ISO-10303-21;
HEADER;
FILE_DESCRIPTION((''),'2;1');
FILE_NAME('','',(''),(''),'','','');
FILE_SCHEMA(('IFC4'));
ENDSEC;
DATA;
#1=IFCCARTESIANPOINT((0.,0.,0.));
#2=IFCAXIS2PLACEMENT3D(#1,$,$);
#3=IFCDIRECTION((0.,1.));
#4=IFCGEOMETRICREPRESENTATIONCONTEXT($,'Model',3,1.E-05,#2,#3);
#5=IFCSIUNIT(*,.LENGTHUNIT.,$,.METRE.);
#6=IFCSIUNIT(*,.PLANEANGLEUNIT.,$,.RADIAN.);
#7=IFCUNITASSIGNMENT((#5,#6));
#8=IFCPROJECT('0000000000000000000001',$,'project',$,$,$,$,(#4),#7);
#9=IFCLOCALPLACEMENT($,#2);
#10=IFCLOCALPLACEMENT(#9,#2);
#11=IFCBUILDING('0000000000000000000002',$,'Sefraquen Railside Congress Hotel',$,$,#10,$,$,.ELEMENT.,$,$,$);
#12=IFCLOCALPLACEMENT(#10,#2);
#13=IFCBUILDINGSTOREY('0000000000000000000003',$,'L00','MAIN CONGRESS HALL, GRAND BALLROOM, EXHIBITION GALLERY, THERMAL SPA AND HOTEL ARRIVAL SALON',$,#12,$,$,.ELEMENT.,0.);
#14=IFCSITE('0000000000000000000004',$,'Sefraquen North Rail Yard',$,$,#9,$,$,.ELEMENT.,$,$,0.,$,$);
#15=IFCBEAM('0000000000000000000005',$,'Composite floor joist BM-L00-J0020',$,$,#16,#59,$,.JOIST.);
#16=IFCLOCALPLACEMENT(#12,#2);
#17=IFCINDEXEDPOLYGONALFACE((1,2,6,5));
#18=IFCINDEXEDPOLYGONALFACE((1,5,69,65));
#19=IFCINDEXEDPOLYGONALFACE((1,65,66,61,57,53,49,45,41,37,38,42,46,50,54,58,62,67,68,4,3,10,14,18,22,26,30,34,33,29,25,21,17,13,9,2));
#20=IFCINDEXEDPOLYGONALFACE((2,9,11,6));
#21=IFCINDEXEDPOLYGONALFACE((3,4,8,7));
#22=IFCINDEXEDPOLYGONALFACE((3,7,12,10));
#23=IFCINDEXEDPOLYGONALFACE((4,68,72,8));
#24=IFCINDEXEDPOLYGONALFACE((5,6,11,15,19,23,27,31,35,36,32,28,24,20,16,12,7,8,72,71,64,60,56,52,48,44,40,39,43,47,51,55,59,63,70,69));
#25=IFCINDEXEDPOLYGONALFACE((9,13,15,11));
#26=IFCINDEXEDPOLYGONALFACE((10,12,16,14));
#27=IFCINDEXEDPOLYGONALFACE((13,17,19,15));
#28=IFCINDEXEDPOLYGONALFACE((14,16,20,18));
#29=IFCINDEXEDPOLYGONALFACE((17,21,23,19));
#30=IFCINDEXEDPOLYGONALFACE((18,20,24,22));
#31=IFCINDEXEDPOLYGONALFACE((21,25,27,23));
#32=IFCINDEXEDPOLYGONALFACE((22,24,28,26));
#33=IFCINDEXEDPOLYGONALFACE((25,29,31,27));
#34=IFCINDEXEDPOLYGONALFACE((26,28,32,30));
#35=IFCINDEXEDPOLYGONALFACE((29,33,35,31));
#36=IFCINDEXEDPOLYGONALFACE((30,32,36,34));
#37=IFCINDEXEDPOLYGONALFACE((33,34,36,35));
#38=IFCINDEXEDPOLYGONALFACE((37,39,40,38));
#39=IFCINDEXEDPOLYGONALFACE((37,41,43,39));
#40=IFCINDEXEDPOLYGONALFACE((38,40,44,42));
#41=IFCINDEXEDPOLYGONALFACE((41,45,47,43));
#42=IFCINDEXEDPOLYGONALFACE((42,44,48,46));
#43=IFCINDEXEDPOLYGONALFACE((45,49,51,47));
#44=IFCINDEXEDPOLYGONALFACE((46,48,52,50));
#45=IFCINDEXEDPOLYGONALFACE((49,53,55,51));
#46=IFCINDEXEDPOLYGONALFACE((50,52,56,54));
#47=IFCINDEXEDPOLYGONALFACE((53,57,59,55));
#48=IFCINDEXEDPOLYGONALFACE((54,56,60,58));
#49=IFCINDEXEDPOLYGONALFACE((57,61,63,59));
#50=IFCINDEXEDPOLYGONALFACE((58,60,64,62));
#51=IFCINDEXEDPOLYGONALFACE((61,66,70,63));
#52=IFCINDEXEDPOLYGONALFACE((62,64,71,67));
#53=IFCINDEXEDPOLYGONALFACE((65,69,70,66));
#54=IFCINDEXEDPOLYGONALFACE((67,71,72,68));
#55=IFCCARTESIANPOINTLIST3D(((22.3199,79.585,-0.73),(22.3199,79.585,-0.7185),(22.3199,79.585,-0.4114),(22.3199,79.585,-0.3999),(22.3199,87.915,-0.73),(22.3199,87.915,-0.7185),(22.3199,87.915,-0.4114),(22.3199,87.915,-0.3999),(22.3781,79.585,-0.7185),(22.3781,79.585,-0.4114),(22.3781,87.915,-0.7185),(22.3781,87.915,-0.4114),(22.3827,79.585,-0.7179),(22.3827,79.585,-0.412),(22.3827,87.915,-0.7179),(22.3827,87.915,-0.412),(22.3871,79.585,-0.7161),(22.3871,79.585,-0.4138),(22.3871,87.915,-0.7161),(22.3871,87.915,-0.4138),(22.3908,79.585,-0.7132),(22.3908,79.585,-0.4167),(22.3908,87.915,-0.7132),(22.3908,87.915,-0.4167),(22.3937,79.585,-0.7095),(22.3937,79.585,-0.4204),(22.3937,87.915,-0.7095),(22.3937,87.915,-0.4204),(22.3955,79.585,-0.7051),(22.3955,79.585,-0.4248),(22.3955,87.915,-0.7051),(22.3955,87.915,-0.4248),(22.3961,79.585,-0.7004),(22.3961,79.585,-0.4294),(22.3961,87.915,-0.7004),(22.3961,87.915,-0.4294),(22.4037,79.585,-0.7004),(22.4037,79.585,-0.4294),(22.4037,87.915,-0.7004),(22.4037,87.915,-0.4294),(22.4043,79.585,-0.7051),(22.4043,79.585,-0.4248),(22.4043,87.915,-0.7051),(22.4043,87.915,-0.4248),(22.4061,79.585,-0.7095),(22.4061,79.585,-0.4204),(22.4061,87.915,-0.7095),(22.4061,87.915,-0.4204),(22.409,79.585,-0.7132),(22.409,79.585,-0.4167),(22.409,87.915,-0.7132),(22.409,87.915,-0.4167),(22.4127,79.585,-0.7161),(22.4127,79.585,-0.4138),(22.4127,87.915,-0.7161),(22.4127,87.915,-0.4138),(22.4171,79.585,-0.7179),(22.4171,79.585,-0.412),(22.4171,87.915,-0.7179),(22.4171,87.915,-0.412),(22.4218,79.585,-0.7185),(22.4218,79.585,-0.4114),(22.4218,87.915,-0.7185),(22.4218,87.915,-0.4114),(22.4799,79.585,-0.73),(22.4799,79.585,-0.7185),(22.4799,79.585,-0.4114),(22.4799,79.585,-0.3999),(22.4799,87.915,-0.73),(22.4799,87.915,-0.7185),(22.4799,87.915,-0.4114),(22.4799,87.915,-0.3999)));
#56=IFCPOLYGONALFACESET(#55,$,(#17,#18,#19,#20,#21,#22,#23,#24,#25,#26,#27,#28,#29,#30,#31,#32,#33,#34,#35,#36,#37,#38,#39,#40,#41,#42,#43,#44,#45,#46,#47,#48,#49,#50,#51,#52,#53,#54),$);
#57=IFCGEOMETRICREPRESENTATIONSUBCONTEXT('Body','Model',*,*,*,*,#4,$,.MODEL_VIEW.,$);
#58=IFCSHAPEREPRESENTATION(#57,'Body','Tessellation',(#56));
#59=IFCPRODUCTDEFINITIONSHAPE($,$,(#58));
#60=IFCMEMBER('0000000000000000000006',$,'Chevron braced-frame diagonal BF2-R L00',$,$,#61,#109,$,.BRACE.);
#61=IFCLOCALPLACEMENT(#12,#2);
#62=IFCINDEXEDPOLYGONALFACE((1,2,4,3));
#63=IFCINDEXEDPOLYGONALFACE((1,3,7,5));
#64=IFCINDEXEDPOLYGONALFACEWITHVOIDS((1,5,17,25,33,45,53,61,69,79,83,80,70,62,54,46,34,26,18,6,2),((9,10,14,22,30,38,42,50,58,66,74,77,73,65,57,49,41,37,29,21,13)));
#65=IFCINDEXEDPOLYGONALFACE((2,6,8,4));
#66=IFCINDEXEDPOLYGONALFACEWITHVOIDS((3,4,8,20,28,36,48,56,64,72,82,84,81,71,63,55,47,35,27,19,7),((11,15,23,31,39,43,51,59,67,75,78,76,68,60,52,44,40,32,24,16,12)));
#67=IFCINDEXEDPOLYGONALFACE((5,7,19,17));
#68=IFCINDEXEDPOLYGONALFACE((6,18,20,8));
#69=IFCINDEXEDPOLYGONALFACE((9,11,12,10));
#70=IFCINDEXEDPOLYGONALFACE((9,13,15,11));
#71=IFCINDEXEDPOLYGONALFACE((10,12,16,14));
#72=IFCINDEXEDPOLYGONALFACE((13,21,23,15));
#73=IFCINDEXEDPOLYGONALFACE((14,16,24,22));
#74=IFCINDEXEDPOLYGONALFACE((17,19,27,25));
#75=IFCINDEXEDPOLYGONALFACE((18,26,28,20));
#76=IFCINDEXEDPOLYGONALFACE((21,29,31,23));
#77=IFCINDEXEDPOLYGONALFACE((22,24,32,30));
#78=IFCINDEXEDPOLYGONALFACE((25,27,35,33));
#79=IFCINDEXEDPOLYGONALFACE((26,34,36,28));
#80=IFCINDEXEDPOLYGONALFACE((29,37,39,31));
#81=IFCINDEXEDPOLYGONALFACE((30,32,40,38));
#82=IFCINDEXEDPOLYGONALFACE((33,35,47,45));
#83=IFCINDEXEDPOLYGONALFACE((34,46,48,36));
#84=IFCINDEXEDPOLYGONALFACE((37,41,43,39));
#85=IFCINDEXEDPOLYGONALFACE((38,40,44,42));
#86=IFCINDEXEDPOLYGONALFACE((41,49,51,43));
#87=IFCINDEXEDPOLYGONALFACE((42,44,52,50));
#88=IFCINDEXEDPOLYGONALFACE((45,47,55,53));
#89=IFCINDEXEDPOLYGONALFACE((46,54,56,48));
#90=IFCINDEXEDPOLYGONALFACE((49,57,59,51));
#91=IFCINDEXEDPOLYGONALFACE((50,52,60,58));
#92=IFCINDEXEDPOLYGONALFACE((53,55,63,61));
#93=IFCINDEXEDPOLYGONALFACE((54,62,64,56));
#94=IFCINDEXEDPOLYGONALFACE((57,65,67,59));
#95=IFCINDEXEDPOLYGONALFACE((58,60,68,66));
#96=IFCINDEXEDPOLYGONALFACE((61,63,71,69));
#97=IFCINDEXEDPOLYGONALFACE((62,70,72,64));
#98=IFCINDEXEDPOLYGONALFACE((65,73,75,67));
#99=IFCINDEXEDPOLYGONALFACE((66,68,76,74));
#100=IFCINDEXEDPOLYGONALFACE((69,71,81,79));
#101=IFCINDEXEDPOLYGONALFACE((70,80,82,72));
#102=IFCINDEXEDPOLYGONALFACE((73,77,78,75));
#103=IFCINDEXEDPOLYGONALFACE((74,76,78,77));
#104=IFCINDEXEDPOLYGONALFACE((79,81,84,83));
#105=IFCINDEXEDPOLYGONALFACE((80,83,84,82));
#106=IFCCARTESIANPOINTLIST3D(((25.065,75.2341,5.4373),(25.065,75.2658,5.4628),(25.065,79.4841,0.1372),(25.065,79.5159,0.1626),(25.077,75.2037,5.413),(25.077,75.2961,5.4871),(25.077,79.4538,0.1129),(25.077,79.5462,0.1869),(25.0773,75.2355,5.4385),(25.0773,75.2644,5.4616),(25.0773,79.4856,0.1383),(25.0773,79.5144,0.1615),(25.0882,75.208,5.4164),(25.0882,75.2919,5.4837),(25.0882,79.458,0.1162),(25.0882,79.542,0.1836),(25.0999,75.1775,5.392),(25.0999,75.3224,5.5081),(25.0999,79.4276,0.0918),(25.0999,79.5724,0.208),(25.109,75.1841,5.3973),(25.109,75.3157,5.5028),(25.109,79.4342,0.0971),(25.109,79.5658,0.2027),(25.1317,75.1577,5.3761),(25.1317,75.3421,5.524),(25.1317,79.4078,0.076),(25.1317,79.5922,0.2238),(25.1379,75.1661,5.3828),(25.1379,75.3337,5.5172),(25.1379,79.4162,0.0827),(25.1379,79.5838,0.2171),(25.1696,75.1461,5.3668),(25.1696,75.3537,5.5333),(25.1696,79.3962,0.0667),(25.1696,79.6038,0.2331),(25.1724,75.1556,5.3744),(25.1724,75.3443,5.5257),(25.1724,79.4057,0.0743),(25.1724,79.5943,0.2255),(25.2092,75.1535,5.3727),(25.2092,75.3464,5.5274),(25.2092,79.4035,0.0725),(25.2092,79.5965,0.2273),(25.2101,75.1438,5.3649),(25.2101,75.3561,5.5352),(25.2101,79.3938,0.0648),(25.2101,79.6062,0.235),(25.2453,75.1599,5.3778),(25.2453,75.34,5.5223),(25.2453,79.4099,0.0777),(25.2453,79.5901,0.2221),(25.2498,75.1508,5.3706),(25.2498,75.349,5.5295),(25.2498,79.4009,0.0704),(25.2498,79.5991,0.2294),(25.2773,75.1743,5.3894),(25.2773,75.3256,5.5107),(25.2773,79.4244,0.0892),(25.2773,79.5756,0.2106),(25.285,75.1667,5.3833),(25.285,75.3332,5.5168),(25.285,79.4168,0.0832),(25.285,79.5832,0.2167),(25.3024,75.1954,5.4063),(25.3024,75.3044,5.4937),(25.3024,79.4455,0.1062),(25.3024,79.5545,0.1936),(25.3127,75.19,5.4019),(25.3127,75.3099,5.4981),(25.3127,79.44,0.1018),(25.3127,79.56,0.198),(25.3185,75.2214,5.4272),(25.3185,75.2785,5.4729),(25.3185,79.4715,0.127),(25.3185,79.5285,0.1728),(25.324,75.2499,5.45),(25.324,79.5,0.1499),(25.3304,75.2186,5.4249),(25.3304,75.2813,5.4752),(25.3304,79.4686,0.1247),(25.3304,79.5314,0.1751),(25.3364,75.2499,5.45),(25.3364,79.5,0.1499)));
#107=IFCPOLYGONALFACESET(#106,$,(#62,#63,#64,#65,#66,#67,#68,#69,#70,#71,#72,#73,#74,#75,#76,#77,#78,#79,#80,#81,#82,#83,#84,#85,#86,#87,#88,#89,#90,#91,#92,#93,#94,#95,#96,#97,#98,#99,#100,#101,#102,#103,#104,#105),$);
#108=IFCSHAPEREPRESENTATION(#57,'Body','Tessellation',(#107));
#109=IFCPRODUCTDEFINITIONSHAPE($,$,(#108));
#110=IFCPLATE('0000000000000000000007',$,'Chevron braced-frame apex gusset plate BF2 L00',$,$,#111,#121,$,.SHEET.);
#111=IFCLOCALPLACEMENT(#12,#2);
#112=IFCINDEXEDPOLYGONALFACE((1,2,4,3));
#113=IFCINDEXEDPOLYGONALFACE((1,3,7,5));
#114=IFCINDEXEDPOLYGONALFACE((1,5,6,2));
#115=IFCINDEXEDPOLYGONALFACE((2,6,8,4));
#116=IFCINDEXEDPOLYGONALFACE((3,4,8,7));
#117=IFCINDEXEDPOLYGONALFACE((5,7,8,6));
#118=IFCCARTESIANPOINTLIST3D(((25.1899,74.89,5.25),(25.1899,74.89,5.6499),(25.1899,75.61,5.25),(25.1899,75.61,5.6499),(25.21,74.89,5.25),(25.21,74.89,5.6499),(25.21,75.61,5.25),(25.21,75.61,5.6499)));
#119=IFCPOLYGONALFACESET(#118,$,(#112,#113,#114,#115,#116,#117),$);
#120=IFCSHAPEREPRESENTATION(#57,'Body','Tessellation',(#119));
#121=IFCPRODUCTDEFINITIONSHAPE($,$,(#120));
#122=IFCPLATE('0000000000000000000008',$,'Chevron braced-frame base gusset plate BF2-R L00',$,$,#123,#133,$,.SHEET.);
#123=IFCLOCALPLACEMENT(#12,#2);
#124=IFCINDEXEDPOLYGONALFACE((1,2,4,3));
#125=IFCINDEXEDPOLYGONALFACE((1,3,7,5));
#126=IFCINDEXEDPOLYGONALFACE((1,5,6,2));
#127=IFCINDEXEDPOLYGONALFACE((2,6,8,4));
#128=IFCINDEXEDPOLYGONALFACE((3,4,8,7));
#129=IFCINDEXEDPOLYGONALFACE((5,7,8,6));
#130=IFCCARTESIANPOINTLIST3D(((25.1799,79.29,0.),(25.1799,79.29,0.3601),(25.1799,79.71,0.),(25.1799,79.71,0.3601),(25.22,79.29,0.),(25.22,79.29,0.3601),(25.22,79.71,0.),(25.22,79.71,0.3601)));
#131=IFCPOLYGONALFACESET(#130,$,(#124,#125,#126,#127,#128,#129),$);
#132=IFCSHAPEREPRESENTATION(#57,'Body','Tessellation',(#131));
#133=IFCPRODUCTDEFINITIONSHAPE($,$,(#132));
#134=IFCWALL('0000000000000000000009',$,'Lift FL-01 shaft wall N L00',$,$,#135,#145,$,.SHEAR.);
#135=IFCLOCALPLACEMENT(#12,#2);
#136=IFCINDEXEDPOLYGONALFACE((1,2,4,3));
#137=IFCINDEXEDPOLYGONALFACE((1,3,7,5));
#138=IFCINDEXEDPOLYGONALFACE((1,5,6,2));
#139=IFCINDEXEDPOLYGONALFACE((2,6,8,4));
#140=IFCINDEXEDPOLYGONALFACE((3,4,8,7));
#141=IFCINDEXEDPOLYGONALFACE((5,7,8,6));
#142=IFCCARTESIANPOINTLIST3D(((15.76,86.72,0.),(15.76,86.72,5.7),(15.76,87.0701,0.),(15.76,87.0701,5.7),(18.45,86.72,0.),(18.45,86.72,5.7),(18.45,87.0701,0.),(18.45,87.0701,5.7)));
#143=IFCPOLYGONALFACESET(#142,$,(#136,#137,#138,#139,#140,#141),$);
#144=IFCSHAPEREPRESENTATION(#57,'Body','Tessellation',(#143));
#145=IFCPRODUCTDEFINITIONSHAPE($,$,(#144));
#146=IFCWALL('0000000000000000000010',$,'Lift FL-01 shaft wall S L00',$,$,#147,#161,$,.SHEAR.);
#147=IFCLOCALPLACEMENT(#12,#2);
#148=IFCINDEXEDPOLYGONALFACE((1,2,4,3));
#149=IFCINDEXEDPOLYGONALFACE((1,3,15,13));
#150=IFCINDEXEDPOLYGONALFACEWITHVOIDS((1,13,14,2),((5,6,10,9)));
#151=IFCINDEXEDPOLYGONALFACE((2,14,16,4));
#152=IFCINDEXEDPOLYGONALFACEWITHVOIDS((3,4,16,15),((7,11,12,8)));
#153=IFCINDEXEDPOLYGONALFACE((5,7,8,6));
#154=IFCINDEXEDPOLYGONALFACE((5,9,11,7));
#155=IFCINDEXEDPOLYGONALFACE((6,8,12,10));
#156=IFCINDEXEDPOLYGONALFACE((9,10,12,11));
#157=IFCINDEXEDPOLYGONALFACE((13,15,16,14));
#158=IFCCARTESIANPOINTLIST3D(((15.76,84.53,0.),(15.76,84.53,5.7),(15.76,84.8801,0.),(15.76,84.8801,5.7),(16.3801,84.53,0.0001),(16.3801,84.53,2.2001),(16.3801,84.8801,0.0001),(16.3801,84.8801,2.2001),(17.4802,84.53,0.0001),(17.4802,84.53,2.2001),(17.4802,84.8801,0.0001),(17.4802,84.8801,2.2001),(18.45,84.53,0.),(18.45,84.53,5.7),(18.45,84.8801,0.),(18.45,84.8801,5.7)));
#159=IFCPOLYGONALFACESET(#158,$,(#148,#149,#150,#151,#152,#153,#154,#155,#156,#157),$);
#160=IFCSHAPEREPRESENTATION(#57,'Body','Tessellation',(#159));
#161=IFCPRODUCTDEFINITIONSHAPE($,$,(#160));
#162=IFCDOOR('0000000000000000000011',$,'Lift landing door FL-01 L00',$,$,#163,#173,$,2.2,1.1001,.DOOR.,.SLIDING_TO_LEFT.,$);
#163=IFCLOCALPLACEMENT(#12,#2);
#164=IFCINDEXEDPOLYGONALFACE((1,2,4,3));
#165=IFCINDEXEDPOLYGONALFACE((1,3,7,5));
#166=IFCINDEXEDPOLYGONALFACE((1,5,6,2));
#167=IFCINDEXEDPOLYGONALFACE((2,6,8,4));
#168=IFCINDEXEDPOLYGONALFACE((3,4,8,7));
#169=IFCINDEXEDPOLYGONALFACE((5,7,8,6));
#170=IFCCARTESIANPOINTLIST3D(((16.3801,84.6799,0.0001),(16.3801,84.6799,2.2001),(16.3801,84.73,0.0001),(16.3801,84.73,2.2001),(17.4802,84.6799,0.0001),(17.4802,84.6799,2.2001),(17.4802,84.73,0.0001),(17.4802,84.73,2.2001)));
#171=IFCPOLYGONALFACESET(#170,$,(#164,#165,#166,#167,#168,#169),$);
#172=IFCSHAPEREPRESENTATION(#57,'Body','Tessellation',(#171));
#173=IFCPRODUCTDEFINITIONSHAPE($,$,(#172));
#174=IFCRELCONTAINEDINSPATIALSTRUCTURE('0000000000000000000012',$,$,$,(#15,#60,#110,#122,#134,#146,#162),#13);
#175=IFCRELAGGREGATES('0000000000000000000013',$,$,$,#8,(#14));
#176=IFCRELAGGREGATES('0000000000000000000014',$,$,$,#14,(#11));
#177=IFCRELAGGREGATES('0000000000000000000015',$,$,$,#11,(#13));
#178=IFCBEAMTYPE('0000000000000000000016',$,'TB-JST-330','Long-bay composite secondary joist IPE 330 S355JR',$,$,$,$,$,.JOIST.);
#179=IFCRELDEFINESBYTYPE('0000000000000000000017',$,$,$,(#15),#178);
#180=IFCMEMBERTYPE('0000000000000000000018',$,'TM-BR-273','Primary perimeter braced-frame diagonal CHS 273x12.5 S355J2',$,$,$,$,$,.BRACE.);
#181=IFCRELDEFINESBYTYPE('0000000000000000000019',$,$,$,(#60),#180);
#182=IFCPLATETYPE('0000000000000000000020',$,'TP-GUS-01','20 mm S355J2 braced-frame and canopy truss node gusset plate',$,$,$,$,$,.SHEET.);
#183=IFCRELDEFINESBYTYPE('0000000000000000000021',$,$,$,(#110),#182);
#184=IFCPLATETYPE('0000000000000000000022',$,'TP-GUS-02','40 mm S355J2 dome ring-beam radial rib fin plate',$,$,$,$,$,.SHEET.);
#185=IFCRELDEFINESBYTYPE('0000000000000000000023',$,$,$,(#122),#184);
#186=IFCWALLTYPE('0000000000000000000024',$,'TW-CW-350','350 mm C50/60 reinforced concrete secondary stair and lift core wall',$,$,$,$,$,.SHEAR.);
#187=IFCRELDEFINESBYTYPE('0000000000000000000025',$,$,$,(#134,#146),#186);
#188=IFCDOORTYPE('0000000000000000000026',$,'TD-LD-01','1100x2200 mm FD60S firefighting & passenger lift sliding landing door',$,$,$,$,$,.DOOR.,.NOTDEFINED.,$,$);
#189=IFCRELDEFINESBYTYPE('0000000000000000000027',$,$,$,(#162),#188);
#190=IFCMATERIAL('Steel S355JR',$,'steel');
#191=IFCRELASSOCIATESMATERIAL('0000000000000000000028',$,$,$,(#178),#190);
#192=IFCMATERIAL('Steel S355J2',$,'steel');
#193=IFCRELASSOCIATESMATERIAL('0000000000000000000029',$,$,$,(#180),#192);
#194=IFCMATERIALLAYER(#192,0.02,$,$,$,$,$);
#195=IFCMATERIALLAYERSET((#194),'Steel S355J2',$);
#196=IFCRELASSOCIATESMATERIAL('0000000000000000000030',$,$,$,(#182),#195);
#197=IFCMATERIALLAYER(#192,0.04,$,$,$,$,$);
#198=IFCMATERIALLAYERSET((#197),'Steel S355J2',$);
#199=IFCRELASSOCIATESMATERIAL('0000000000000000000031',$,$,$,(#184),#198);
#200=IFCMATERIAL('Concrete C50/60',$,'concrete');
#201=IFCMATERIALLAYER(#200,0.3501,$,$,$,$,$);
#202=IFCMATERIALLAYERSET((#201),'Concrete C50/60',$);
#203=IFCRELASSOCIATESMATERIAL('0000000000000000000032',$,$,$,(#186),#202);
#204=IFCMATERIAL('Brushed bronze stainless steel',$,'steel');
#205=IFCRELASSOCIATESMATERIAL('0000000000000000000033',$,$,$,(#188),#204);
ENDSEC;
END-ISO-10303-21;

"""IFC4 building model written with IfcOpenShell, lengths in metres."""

from ifc_helpers import new_model, si_unit, direction, frame, frame_2d, origin, origin_2d, place, context, subcontext, project, spatial, rectangle, hollow_circle, i_section, extrude, material, layer, layer_set, material_profile, profile_set, type_object, element, fill, save


model = new_model("IFC4")

# Units and contexts
model_context = context("Model", 3, precision=1e-05, world=origin(), true_north=direction((0.0, 1.0)))
body_context = subcontext(model_context, "Body", "Model", "MODEL_VIEW")
ifc_project = project(units=[si_unit("LENGTHUNIT", "METRE"), si_unit("PLANEANGLEUNIT", "RADIAN")], contexts=[model_context])

# Site, building, storey
site_placement = place(None, origin())
site = spatial("IfcSite", under=ifc_project, at=site_placement, Name="Sefraquen North Rail Yard", CompositionType="ELEMENT", RefElevation=0.0)
building_placement = place(site_placement, origin())
building = spatial("IfcBuilding", under=site, at=building_placement, Name="Sefraquen Railside Congress Hotel", CompositionType="ELEMENT")
storey_placement = place(building_placement, origin())
storey = spatial("IfcBuildingStorey", under=building, at=storey_placement, Name="L00", Description="MAIN CONGRESS HALL, GRAND BALLROOM, EXHIBITION GALLERY, THERMAL SPA AND HOTEL ARRIVAL SALON", CompositionType="ELEMENT", Elevation=0.0)

# Shared definitions
ifc_material_1 = material(Name="Steel S355J2", Category="steel")
ifc_material_2 = material(Name="Steel S355JR", Category="steel")

# Beam
ifc_material_profile_1 = material_profile(ifc_material_2, i_section(OverallWidth=0.1599, OverallDepth=0.3301, WebThickness=0.0076, FlangeThickness=0.0115, FilletRadius=0.0181, at=origin_2d()), Name="IPE 330")
ifc_profile_set_1 = profile_set([ifc_material_profile_1], Name="Steel S355JR")
beam_type_1 = type_object("IfcBeamType", Name="TB-JST-330", Description="Long-bay composite secondary joist IPE 330 S355JR", PredefinedType="JOIST", material=ifc_profile_set_1)
for number, where, z_axis, x_axis, name in (
    (1, (22.3999, 79.585, -0.5649), (0.0, 1.0, 0.0), (-1.0, 0.0, 0.0), "Composite floor joist BM-L00-J0020"),
):
    element("IfcBeam", number, at=place(storey_placement, frame(where, z_axis=z_axis, x_axis=x_axis)), inside=storey, type_object=beam_type_1, Name=name, PredefinedType="JOIST", context=body_context, shape_type="SweptSolid", body=[
        extrude(i_section(OverallWidth=0.1599, OverallDepth=0.3301, WebThickness=0.0076, FlangeThickness=0.0115, FilletRadius=0.0181, at=origin_2d()), origin(), (0.0, 0.0, 1.0), 8.3301),
    ])

# Member
ifc_material_profile_2 = material_profile(ifc_material_1, hollow_circle(Radius=0.1365, WallThickness=0.0125, at=origin_2d()), Name="CHS 273x12.5")
ifc_profile_set_2 = profile_set([ifc_material_profile_2], Name="Steel S355J2")
member_type = type_object("IfcMemberType", Name="TM-BR-273", Description="Primary perimeter braced-frame diagonal CHS 273x12.5 S355J2", PredefinedType="BRACE", material=ifc_profile_set_2)
member_placement = place(storey_placement, frame((25.2, 79.5, 0.1499), z_axis=(0.0, -0.625589, 0.780153), x_axis=(1.0, 0.0, 0.0)))
element("IfcMember", 2, at=member_placement, inside=storey, type_object=member_type, Name="Chevron braced-frame diagonal BF2-R L00", PredefinedType="BRACE", context=body_context, shape_type="SweptSolid", body=[
    extrude(hollow_circle(Radius=0.1365, WallThickness=0.0125, at=origin_2d()), origin(), (0.0, 0.0, 1.0), 6.7937),
])

# Plates
ifc_layer_1 = layer(ifc_material_1, 0.02)
ifc_layer_set_1 = layer_set([ifc_layer_1], Name="Steel S355J2")
plate_type_1 = type_object("IfcPlateType", Name="TP-GUS-01", Description="20 mm S355J2 braced-frame and canopy truss node gusset plate", PredefinedType="SHEET", material=ifc_layer_set_1)
plate_1_placement = place(storey_placement, frame((25.2, 75.25, 5.25), z_axis=(0.0, 0.0, 1.0), x_axis=(0.0, 1.0, 0.0)))
element("IfcPlate", 3, at=plate_1_placement, inside=storey, type_object=plate_type_1, Name="Chevron braced-frame apex gusset plate BF2 L00", PredefinedType="SHEET", context=body_context, shape_type="SweptSolid", body=[
    extrude(rectangle(XDim=0.72, YDim=0.02, at=origin_2d()), origin(), (0.0, 0.0, 1.0), 0.3999),
])
ifc_layer_2 = layer(ifc_material_1, 0.04)
ifc_layer_set_2 = layer_set([ifc_layer_2], Name="Steel S355J2")
plate_type_2 = type_object("IfcPlateType", Name="TP-GUS-02", Description="40 mm S355J2 dome ring-beam radial rib fin plate", PredefinedType="SHEET", material=ifc_layer_set_2)
plate_2_placement = place(storey_placement, frame((25.2, 79.5, 0.0), z_axis=(0.0, 0.0, 1.0), x_axis=(0.0, 1.0, 0.0)))
element("IfcPlate", 4, at=plate_2_placement, inside=storey, type_object=plate_type_2, Name="Chevron braced-frame base gusset plate BF2-R L00", PredefinedType="SHEET", context=body_context, shape_type="SweptSolid", body=[
    extrude(rectangle(XDim=0.4199, YDim=0.04, at=origin_2d()), origin(), (0.0, 0.0, 1.0), 0.3601),
])

# Wall
ifc_material_3 = material(Name="Concrete C50/60", Category="concrete")
ifc_layer_3 = layer(ifc_material_3, 0.3501)
ifc_layer_set_3 = layer_set([ifc_layer_3], Name="Concrete C50/60")
wall_type_1 = type_object("IfcWallType", Name="TW-CW-350", Description="350 mm C50/60 reinforced concrete secondary stair and lift core wall", PredefinedType="SHEAR", material=ifc_layer_set_3)
wall_1_placement = place(storey_placement, frame((15.76, 86.895, 0.0), z_axis=(0.0, 0.0, 1.0), x_axis=(1.0, 0.0, 0.0)))
element("IfcWall", 5, at=wall_1_placement, inside=storey, type_object=wall_type_1, Name="Lift FL-01 shaft wall N L00", PredefinedType="SHEAR", context=body_context, shape_type="SweptSolid", body=[
    extrude(rectangle(XDim=2.6899, YDim=0.3501, at=frame_2d((1.345, 0.0))), origin(), (0.0, 0.0, 1.0), 5.7),
])

# Wall, opening, door
wall_2_placement = place(storey_placement, frame((15.76, 84.7051, 0.0), z_axis=(0.0, 0.0, 1.0), x_axis=(1.0, 0.0, 0.0)))
wall_2 = element("IfcWall", 6, at=wall_2_placement, inside=storey, type_object=wall_type_1, Name="Lift FL-01 shaft wall S L00", PredefinedType="SHEAR", context=body_context, shape_type="SweptSolid", body=[
    extrude(rectangle(XDim=2.6899, YDim=0.3501, at=frame_2d((1.345, 0.0))), origin(), (0.0, 0.0, 1.0), 5.7),
])
opening_1_placement = place(wall_2_placement, frame((0.6201, 0.0, 0.0)))
opening_1 = element("IfcOpeningElement", 7, at=opening_1_placement, cuts=wall_2, PredefinedType="OPENING", context=body_context, shape_type="SweptSolid", body=[
    extrude(rectangle(XDim=1.1001, YDim=2.2, at=frame_2d((0.55, 1.1001))), frame((0.0, 0.1851, 0.0), z_axis=(0.0, -1.0, 0.0), x_axis=(1.0, 0.0, 0.0)), (0.0, 0.0, 1.0), 0.3701),
])
ifc_material_4 = material(Name="Brushed bronze stainless steel", Category="steel")
door_type_1 = type_object("IfcDoorType", Name="TD-LD-01", Description="1100x2200 mm FD60S firefighting & passenger lift sliding landing door", OperationType="NOTDEFINED", PredefinedType="DOOR", material=ifc_material_4)
door_1_placement = place(opening_1_placement, origin())
door_1 = element("IfcDoor", 8, at=door_1_placement, inside=storey, type_object=door_type_1, Name="Lift landing door FL-01 L00", OperationType="SLIDING_TO_LEFT", OverallHeight=2.2, OverallWidth=1.1001, PredefinedType="DOOR", context=body_context, shape_type="SweptSolid", body=[
    extrude(rectangle(XDim=1.1001, YDim=2.2, at=frame_2d((0.55, 1.1001))), frame((0.0, 0.0249, 0.0), z_axis=(0.0, -1.0, 0.0), x_axis=(1.0, 0.0, 0.0)), (0.0, 0.0, 1.0), 0.05),
])
fill(opening_1, door_1)

save(model, "model.ifc")
